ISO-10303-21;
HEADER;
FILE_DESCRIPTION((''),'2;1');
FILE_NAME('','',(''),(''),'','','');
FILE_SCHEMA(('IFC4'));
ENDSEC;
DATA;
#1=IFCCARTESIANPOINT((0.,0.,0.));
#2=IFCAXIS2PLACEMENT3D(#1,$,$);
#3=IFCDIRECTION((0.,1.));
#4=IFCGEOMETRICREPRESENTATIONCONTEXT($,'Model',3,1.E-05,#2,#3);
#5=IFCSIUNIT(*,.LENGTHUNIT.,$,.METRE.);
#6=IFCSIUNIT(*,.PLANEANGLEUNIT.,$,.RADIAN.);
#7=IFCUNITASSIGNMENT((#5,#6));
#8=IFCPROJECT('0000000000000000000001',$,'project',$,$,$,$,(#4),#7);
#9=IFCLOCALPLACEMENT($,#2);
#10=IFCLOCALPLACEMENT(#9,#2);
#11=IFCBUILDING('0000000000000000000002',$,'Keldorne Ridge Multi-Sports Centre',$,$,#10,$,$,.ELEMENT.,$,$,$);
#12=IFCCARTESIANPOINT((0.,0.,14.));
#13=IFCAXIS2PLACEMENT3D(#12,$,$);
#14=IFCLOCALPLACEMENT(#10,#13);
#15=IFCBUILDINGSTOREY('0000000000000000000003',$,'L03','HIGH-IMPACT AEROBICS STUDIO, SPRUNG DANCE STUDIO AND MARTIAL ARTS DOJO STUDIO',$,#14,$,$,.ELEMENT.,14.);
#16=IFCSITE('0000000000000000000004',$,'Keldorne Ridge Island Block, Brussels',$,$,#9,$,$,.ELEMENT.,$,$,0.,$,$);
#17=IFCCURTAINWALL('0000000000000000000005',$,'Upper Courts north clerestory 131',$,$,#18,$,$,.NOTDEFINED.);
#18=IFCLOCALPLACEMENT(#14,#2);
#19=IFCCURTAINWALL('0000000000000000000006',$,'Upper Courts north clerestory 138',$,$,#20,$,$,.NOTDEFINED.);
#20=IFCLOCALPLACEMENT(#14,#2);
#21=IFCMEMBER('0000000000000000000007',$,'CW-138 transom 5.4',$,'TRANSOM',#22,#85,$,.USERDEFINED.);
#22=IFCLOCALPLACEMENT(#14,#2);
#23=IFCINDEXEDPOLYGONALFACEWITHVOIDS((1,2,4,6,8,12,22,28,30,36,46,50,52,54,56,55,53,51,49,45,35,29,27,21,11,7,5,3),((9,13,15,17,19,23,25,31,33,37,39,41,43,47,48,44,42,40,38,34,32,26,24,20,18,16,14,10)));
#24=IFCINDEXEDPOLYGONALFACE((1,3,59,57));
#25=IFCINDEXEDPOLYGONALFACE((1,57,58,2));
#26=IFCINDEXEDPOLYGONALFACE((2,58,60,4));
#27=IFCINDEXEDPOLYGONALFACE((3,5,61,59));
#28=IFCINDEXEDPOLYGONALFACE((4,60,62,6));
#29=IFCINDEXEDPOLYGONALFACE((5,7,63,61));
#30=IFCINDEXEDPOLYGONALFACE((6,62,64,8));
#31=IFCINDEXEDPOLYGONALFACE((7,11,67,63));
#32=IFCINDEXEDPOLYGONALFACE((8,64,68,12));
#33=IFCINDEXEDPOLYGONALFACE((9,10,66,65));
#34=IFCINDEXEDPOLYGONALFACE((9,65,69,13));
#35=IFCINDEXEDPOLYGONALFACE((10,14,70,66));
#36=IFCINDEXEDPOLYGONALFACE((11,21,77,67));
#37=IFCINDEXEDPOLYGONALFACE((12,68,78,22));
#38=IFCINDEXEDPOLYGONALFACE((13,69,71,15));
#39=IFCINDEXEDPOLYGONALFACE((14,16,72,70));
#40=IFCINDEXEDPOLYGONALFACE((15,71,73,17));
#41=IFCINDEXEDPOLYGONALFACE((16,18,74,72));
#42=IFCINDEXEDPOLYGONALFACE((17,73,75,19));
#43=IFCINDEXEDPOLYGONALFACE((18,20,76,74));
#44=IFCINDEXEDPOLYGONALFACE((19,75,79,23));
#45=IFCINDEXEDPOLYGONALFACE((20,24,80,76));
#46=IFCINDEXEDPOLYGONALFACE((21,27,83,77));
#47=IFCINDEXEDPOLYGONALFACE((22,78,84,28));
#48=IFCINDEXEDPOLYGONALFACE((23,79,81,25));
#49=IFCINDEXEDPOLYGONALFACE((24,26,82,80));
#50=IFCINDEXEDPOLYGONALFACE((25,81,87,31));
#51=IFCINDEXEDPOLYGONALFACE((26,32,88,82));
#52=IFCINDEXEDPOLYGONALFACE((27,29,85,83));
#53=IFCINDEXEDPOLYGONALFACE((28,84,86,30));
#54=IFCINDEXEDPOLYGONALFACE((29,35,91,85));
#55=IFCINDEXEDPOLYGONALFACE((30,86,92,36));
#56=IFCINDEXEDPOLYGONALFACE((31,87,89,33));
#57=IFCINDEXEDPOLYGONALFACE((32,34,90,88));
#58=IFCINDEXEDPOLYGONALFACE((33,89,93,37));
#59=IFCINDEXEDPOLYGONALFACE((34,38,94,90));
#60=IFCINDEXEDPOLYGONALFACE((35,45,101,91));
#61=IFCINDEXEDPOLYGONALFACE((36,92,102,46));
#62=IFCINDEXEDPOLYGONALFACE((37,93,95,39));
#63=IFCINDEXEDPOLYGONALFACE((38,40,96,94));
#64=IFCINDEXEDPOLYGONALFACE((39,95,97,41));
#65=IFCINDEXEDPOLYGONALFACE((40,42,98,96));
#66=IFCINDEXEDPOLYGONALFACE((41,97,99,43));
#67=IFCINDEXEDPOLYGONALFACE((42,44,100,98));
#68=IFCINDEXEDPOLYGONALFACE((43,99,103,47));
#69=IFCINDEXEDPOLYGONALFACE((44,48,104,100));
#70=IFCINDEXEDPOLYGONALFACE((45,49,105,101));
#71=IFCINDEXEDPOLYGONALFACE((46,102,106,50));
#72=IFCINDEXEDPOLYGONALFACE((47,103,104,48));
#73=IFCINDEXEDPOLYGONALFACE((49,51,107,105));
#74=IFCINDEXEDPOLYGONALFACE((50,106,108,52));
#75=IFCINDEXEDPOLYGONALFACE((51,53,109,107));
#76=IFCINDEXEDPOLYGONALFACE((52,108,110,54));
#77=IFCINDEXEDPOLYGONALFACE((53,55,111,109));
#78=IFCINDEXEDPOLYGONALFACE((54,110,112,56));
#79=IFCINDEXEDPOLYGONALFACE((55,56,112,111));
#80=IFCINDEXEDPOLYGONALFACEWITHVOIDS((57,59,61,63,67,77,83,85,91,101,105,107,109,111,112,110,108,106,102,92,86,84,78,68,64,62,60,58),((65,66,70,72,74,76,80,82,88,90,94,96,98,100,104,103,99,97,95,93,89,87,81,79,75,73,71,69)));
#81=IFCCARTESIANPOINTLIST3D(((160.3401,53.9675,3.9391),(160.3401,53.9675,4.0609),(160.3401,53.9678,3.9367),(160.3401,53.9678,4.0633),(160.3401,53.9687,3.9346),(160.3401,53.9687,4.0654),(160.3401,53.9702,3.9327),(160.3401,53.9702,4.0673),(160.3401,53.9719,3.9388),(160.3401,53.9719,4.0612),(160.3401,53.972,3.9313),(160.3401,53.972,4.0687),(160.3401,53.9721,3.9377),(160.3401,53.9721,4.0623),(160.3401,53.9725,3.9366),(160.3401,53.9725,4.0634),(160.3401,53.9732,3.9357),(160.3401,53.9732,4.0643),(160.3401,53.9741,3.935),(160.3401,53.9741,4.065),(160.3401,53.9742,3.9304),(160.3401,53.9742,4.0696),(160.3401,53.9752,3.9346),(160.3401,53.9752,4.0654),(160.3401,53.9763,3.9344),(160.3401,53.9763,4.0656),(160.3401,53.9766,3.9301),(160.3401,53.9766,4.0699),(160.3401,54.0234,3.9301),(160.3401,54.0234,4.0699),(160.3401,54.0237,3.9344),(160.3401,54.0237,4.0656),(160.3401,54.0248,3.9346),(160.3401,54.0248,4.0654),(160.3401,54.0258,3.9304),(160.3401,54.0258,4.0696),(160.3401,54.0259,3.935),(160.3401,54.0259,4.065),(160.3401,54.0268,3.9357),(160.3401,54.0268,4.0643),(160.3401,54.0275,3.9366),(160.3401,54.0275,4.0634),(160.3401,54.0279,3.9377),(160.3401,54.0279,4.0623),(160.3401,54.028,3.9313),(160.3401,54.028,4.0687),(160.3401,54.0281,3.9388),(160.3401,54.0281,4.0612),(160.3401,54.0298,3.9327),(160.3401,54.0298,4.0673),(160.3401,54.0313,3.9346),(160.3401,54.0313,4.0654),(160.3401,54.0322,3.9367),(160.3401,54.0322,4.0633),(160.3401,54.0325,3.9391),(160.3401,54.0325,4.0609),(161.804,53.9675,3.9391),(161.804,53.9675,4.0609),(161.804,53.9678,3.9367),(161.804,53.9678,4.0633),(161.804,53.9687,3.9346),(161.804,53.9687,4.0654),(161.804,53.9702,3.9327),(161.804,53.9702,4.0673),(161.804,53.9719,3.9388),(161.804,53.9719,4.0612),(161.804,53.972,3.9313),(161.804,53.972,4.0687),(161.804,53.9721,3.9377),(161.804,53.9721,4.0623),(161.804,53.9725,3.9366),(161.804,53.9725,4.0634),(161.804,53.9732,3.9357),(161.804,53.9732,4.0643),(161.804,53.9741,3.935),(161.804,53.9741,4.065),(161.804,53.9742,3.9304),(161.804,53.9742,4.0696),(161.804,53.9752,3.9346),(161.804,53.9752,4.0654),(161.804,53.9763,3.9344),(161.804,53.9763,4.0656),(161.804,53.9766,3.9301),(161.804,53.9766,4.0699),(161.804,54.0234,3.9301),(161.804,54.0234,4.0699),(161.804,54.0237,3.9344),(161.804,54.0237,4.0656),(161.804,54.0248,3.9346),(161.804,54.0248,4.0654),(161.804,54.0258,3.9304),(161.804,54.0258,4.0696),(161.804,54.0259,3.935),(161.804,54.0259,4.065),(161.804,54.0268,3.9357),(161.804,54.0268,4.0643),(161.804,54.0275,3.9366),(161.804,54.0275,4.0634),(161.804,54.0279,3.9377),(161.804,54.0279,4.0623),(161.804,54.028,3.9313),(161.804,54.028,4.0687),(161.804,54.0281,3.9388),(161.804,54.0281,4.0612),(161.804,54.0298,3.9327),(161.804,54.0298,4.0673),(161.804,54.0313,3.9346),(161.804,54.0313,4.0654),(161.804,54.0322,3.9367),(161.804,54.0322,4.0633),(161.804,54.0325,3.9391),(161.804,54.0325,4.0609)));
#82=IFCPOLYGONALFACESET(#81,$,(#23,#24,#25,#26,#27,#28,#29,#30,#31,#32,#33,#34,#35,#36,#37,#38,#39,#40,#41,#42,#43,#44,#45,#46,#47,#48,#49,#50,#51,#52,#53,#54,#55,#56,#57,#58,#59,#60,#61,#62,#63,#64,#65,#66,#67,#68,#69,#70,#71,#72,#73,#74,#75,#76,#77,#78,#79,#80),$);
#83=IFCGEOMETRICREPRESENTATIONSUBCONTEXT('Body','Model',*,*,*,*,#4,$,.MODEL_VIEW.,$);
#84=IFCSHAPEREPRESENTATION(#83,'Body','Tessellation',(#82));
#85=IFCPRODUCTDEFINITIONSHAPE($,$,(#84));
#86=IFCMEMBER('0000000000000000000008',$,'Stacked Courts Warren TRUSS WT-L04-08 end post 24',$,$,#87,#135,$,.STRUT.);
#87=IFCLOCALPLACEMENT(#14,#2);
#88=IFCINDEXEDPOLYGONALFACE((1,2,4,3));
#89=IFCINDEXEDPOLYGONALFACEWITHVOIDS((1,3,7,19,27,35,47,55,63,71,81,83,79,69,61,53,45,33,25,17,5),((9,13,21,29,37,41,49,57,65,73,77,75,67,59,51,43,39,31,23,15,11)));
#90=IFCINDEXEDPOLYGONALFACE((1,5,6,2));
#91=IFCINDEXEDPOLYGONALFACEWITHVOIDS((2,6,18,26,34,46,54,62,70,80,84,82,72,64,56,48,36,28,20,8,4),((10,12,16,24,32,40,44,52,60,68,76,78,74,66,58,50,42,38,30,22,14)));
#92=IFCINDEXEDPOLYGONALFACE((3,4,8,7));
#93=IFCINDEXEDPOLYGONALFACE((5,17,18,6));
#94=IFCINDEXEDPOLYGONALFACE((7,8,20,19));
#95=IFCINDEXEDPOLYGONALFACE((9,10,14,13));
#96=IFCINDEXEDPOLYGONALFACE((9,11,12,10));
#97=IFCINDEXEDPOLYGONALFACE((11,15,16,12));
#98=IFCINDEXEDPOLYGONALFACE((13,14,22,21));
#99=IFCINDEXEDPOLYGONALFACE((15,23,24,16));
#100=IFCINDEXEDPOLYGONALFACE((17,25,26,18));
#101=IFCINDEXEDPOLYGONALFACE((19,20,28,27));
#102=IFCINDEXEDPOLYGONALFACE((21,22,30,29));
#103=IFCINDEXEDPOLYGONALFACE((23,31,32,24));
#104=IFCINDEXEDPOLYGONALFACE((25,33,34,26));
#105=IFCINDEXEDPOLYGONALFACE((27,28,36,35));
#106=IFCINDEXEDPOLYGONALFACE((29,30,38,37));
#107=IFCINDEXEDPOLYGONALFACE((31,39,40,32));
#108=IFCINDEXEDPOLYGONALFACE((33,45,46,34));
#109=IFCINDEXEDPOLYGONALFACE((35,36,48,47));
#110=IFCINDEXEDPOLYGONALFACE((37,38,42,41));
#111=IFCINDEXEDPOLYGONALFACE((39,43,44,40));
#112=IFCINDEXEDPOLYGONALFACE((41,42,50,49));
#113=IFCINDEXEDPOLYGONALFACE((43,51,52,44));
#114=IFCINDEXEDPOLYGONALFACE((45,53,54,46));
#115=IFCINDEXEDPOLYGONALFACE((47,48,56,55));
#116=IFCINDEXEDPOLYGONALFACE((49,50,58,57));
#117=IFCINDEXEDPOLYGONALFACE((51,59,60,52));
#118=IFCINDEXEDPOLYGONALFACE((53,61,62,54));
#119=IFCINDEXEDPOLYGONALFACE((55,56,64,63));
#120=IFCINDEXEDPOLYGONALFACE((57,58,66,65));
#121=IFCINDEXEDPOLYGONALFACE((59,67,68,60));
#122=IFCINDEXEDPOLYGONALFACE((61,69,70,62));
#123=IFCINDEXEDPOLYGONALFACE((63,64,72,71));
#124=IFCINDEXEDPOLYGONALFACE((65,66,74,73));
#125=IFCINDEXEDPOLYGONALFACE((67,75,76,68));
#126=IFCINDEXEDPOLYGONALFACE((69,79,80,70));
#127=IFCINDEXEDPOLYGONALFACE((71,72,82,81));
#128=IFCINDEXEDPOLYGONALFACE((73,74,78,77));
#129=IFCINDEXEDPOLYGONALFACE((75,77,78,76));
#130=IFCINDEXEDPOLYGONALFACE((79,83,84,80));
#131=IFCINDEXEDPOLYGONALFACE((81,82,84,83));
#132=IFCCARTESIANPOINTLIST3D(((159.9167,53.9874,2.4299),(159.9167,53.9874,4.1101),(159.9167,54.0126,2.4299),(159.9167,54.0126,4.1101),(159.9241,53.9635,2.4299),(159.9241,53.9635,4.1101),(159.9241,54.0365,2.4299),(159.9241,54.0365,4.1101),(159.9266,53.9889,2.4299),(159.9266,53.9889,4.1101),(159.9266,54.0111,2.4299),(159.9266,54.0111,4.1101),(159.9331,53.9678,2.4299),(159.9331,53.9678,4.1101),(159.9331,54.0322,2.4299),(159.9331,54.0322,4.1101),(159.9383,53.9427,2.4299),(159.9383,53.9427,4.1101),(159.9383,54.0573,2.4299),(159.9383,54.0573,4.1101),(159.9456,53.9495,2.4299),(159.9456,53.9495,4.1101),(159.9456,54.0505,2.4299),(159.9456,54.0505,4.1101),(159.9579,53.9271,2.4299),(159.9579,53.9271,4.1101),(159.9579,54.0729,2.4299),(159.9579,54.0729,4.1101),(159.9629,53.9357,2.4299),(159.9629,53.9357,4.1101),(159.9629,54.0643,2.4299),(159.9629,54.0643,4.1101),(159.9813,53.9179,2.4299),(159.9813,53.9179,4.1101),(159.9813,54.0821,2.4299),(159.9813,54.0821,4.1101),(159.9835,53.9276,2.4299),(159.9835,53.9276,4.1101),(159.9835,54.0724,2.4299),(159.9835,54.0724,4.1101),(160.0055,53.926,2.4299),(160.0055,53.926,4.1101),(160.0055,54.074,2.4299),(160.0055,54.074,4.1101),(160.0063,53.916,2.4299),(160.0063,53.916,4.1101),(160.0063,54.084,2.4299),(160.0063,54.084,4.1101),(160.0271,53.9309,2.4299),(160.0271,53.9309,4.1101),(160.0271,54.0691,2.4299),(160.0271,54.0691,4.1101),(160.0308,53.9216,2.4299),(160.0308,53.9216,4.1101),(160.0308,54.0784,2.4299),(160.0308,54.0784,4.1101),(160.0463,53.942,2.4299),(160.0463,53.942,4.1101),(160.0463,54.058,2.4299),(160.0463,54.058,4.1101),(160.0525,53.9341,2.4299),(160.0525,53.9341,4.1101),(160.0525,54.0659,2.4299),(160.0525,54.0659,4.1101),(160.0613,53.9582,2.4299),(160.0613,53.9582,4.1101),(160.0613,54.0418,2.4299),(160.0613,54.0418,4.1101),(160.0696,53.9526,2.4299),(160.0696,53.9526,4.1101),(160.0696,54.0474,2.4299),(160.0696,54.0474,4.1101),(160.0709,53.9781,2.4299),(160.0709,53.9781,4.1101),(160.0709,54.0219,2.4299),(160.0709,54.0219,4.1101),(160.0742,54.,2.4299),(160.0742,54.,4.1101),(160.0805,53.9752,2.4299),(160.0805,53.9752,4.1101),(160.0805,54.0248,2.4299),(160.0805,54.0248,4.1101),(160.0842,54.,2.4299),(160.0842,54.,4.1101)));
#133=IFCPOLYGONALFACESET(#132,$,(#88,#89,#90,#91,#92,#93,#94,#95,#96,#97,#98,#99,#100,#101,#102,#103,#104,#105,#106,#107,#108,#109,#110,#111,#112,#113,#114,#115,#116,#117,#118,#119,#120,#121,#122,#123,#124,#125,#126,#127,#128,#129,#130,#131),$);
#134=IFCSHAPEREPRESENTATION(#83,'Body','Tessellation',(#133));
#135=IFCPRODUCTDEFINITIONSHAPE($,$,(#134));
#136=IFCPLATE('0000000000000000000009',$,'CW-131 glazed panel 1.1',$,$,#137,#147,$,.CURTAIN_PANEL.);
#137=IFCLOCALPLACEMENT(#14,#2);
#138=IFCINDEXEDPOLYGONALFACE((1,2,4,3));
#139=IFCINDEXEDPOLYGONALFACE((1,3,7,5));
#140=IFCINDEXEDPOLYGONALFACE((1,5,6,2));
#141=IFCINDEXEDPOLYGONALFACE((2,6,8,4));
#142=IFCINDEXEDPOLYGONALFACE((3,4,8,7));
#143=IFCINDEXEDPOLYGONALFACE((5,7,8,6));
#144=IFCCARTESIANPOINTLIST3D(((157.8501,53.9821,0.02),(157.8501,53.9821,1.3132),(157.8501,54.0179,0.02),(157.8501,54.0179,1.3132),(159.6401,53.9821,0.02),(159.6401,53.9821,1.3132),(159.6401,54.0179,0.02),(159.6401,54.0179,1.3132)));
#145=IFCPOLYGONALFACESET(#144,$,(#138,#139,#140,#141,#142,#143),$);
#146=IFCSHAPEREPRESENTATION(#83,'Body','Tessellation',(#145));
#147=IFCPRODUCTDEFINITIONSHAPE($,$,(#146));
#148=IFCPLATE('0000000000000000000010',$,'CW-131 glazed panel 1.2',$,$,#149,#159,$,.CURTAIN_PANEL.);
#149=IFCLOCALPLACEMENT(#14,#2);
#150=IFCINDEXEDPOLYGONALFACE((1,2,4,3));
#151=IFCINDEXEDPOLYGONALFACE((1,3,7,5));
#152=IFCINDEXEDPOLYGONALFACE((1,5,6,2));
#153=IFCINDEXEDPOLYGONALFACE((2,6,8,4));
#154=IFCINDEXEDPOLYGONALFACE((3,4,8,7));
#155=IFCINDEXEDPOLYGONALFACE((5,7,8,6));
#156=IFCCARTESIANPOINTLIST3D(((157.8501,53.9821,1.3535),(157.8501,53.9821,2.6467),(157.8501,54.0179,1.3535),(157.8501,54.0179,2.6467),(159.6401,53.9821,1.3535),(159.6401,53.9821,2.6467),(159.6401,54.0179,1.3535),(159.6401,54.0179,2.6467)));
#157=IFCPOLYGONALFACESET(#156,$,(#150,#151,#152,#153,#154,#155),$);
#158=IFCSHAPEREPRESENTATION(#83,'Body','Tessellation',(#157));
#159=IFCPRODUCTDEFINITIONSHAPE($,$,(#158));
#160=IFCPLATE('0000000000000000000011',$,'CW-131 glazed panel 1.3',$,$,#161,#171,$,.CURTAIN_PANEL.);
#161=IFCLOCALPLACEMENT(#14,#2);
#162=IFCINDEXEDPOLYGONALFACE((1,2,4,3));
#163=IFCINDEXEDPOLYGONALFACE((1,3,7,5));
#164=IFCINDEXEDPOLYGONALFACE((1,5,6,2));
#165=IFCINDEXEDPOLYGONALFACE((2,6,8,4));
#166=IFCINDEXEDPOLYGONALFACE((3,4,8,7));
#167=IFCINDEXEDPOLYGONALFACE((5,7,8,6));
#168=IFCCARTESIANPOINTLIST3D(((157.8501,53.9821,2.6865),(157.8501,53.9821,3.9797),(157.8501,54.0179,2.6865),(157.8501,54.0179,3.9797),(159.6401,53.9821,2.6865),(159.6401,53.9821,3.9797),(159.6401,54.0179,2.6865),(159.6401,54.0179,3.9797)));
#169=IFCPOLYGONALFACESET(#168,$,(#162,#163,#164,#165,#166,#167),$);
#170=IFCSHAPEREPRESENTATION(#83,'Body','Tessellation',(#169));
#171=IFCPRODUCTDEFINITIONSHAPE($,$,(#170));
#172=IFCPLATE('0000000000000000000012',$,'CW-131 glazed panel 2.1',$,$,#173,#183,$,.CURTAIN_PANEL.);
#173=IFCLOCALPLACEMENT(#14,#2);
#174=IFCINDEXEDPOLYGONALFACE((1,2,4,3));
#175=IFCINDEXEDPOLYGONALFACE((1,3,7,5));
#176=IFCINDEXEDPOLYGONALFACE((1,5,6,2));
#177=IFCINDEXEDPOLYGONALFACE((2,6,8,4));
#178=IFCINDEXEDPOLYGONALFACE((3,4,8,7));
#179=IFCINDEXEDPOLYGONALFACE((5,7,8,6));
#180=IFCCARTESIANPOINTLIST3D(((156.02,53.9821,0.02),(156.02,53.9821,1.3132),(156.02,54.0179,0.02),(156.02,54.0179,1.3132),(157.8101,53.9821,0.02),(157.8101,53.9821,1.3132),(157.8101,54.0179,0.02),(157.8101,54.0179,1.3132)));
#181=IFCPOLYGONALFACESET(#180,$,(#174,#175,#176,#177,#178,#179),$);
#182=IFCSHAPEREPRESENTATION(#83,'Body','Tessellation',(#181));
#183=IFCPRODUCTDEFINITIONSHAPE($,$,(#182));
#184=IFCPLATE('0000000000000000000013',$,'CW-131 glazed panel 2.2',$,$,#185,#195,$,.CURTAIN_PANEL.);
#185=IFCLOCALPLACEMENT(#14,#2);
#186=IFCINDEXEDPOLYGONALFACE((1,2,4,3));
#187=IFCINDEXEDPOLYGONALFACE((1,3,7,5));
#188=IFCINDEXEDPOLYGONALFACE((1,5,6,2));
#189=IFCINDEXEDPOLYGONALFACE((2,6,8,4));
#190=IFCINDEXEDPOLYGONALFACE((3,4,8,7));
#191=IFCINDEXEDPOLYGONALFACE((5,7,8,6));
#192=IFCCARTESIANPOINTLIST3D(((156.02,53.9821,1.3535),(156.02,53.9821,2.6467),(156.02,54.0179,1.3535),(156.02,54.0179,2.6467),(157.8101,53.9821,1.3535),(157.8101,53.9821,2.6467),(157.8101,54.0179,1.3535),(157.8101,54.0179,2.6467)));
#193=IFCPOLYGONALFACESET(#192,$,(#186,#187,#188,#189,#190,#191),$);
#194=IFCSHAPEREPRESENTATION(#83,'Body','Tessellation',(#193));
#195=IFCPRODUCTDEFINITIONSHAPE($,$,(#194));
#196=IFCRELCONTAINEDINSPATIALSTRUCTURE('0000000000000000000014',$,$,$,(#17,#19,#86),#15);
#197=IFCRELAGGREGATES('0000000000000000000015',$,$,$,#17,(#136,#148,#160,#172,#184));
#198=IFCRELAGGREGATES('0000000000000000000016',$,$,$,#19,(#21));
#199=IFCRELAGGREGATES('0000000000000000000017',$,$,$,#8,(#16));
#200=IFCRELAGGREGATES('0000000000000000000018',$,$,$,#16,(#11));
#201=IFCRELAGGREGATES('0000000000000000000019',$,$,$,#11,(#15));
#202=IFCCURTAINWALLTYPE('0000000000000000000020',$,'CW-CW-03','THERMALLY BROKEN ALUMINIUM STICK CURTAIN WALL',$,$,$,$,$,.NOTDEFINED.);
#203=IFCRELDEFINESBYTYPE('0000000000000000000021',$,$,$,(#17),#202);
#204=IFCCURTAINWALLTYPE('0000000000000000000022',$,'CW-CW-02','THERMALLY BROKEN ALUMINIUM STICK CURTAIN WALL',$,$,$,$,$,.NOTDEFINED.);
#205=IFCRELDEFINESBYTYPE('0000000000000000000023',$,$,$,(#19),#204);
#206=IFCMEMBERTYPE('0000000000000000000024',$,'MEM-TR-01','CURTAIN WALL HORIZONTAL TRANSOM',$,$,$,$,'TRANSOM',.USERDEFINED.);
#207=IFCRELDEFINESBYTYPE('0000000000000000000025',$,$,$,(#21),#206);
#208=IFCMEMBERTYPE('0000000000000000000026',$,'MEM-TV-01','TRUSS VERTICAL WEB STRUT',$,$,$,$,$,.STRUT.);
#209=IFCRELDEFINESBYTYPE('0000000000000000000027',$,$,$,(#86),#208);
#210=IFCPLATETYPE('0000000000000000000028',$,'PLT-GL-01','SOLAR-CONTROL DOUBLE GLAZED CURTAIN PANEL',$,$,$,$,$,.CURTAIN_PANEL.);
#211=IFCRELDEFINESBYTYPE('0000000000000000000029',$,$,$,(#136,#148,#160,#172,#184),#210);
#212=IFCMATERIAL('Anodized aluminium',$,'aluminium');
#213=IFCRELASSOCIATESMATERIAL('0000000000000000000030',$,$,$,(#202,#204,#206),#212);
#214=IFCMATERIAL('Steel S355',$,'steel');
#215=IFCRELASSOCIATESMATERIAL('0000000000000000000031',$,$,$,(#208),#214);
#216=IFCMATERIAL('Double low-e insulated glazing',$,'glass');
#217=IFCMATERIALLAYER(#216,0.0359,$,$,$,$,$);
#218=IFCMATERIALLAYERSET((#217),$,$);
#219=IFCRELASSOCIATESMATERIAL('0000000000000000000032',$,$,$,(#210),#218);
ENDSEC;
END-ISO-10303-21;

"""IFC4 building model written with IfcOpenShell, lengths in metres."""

from ifc_helpers import new_model, si_unit, direction, frame, origin, origin_2d, place, context, subcontext, project, spatial, rectangle, hollow_rectangle, hollow_circle, extrude, material, layer, layer_set, material_profile, profile_set, type_object, element, aggregate, save


model = new_model("IFC4")

# Units and contexts
model_context = context("Model", 3, precision=1e-05, world=origin(), true_north=direction((0.0, 1.0)))
body_context = subcontext(model_context, "Body", "Model", "MODEL_VIEW")
ifc_project = project(units=[si_unit("LENGTHUNIT", "METRE"), si_unit("PLANEANGLEUNIT", "RADIAN")], contexts=[model_context])

# Site, building, storey
site_placement = place(None, origin())
site = spatial("IfcSite", under=ifc_project, at=site_placement, Name="Keldorne Ridge Island Block, Brussels", CompositionType="ELEMENT", RefElevation=0.0)
building_placement = place(site_placement, origin())
building = spatial("IfcBuilding", under=site, at=building_placement, Name="Keldorne Ridge Multi-Sports Centre", CompositionType="ELEMENT")
storey_placement = place(building_placement, frame((0.0, 0.0, 14.0)))
storey = spatial("IfcBuildingStorey", under=building, at=storey_placement, Name="L03", Description="HIGH-IMPACT AEROBICS STUDIO, SPRUNG DANCE STUDIO AND MARTIAL ARTS DOJO STUDIO", CompositionType="ELEMENT", Elevation=14.0)

# Shared definitions
ifc_material_1 = material(Name="Steel S355", Category="steel")

# Curtain walls
ifc_material_2 = material(Name="Anodized aluminium", Category="aluminium")
curtain_wall_type_1 = type_object("IfcCurtainWallType", Name="CW-CW-03", Description="THERMALLY BROKEN ALUMINIUM STICK CURTAIN WALL", PredefinedType="NOTDEFINED", material=ifc_material_2)
curtain_wall_1_placement = place(storey_placement, origin())
curtain_wall_1 = element("IfcCurtainWall", 1, at=curtain_wall_1_placement, inside=storey, type_object=curtain_wall_type_1, Name="Upper Courts north clerestory 131", PredefinedType="NOTDEFINED")
curtain_wall_type_2 = type_object("IfcCurtainWallType", Name="CW-CW-02", Description="THERMALLY BROKEN ALUMINIUM STICK CURTAIN WALL", PredefinedType="NOTDEFINED", material=ifc_material_2)
curtain_wall_2_placement = place(storey_placement, origin())
curtain_wall_2 = element("IfcCurtainWall", 2, at=curtain_wall_2_placement, inside=storey, type_object=curtain_wall_type_2, Name="Upper Courts north clerestory 138", PredefinedType="NOTDEFINED")

# Members
ifc_material_profile_1 = material_profile(ifc_material_2, hollow_rectangle(XDim=0.0649, YDim=0.1399, WallThickness=0.0044, InnerFilletRadius=0.0044, OuterFilletRadius=0.009, at=origin_2d()), Name="ALU TRANSOM 140x65x4.5")
ifc_profile_set_1 = profile_set([ifc_material_profile_1], Name="Anodized aluminium")
member_type_1 = type_object("IfcMemberType", Name="MEM-TR-01", Description="CURTAIN WALL HORIZONTAL TRANSOM", ElementType="TRANSOM", PredefinedType="USERDEFINED", material=ifc_profile_set_1)
member_1_placement = place(storey_placement, frame((161.804, 54.0, 4.0), z_axis=(-1.0, 0.0, 0.0), x_axis=(0.0, -1.0, 0.0)))
member_1 = element("IfcMember", 3, at=member_1_placement, type_object=member_type_1, Name="CW-138 transom 5.4", ObjectType="TRANSOM", PredefinedType="USERDEFINED", context=body_context, shape_type="SweptSolid", body=[
    extrude(hollow_rectangle(XDim=0.0649, YDim=0.1399, WallThickness=0.0044, InnerFilletRadius=0.0044, OuterFilletRadius=0.009, at=origin_2d()), origin(), (0.0, 0.0, 1.0), 1.4639),
])
ifc_material_profile_2 = material_profile(ifc_material_1, hollow_circle(Radius=0.0842, WallThickness=0.01, at=origin_2d()), Name="CHS 168.3x10")
ifc_profile_set_2 = profile_set([ifc_material_profile_2], Name="Steel S355")
member_type_2 = type_object("IfcMemberType", Name="MEM-TV-01", Description="TRUSS VERTICAL WEB STRUT", PredefinedType="STRUT", material=ifc_profile_set_2)
member_2_placement = place(storey_placement, frame((160.0, 54.0, 2.4299), z_axis=(0.0, 0.0, 1.0), x_axis=(1.0, 0.0, 0.0)))
element("IfcMember", 4, at=member_2_placement, inside=storey, type_object=member_type_2, Name="Stacked Courts Warren TRUSS WT-L04-08 end post 24", PredefinedType="STRUT", context=body_context, shape_type="SweptSolid", body=[
    extrude(hollow_circle(Radius=0.0842, WallThickness=0.01, at=origin_2d()), origin(), (0.0, 0.0, 1.0), 1.6802),
])

# Plates
ifc_material_3 = material(Name="Double low-e insulated glazing", Category="glass")
ifc_layer = layer(ifc_material_3, 0.0359)
ifc_layer_set = layer_set([ifc_layer])
plate_type = type_object("IfcPlateType", Name="PLT-GL-01", Description="SOLAR-CONTROL DOUBLE GLAZED CURTAIN PANEL", PredefinedType="CURTAIN_PANEL", material=ifc_layer_set)
plate_1_placement = place(storey_placement, frame((158.7451, 54.0, 0.02), z_axis=(0.0, 0.0, 1.0), x_axis=(-1.0, 0.0, 0.0)))
plate_1 = element("IfcPlate", 5, at=plate_1_placement, type_object=plate_type, Name="CW-131 glazed panel 1.1", PredefinedType="CURTAIN_PANEL", context=body_context, shape_type="SweptSolid", body=[
    extrude(rectangle(XDim=1.79, YDim=0.0359, at=origin_2d()), origin(), (0.0, 0.0, 1.0), 1.2932),
])
plate_2_placement = place(storey_placement, frame((158.7451, 54.0, 1.3535), z_axis=(0.0, 0.0, 1.0), x_axis=(-1.0, 0.0, 0.0)))
plate_2 = element("IfcPlate", 6, at=plate_2_placement, type_object=plate_type, Name="CW-131 glazed panel 1.2", PredefinedType="CURTAIN_PANEL", context=body_context, shape_type="SweptSolid", body=[
    extrude(rectangle(XDim=1.79, YDim=0.0359, at=origin_2d()), origin(), (0.0, 0.0, 1.0), 1.2932),
])
plate_3_placement = place(storey_placement, frame((158.7451, 54.0, 2.6865), z_axis=(0.0, 0.0, 1.0), x_axis=(-1.0, 0.0, 0.0)))
plate_3 = element("IfcPlate", 7, at=plate_3_placement, type_object=plate_type, Name="CW-131 glazed panel 1.3", PredefinedType="CURTAIN_PANEL", context=body_context, shape_type="SweptSolid", body=[
    extrude(rectangle(XDim=1.79, YDim=0.0359, at=origin_2d()), origin(), (0.0, 0.0, 1.0), 1.2932),
])
plate_4_placement = place(storey_placement, frame((156.915, 54.0, 0.02), z_axis=(0.0, 0.0, 1.0), x_axis=(-1.0, 0.0, 0.0)))
plate_4 = element("IfcPlate", 8, at=plate_4_placement, type_object=plate_type, Name="CW-131 glazed panel 2.1", PredefinedType="CURTAIN_PANEL", context=body_context, shape_type="SweptSolid", body=[
    extrude(rectangle(XDim=1.79, YDim=0.0359, at=origin_2d()), origin(), (0.0, 0.0, 1.0), 1.2932),
])
plate_5_placement = place(storey_placement, frame((156.915, 54.0, 1.3535), z_axis=(0.0, 0.0, 1.0), x_axis=(-1.0, 0.0, 0.0)))
plate_5 = element("IfcPlate", 9, at=plate_5_placement, type_object=plate_type, Name="CW-131 glazed panel 2.2", PredefinedType="CURTAIN_PANEL", context=body_context, shape_type="SweptSolid", body=[
    extrude(rectangle(XDim=1.79, YDim=0.0359, at=origin_2d()), origin(), (0.0, 0.0, 1.0), 1.2932),
])
aggregate(curtain_wall_1, [plate_1, plate_2, plate_3, plate_4, plate_5])
aggregate(curtain_wall_2, [member_1])

save(model, "model.ifc")
